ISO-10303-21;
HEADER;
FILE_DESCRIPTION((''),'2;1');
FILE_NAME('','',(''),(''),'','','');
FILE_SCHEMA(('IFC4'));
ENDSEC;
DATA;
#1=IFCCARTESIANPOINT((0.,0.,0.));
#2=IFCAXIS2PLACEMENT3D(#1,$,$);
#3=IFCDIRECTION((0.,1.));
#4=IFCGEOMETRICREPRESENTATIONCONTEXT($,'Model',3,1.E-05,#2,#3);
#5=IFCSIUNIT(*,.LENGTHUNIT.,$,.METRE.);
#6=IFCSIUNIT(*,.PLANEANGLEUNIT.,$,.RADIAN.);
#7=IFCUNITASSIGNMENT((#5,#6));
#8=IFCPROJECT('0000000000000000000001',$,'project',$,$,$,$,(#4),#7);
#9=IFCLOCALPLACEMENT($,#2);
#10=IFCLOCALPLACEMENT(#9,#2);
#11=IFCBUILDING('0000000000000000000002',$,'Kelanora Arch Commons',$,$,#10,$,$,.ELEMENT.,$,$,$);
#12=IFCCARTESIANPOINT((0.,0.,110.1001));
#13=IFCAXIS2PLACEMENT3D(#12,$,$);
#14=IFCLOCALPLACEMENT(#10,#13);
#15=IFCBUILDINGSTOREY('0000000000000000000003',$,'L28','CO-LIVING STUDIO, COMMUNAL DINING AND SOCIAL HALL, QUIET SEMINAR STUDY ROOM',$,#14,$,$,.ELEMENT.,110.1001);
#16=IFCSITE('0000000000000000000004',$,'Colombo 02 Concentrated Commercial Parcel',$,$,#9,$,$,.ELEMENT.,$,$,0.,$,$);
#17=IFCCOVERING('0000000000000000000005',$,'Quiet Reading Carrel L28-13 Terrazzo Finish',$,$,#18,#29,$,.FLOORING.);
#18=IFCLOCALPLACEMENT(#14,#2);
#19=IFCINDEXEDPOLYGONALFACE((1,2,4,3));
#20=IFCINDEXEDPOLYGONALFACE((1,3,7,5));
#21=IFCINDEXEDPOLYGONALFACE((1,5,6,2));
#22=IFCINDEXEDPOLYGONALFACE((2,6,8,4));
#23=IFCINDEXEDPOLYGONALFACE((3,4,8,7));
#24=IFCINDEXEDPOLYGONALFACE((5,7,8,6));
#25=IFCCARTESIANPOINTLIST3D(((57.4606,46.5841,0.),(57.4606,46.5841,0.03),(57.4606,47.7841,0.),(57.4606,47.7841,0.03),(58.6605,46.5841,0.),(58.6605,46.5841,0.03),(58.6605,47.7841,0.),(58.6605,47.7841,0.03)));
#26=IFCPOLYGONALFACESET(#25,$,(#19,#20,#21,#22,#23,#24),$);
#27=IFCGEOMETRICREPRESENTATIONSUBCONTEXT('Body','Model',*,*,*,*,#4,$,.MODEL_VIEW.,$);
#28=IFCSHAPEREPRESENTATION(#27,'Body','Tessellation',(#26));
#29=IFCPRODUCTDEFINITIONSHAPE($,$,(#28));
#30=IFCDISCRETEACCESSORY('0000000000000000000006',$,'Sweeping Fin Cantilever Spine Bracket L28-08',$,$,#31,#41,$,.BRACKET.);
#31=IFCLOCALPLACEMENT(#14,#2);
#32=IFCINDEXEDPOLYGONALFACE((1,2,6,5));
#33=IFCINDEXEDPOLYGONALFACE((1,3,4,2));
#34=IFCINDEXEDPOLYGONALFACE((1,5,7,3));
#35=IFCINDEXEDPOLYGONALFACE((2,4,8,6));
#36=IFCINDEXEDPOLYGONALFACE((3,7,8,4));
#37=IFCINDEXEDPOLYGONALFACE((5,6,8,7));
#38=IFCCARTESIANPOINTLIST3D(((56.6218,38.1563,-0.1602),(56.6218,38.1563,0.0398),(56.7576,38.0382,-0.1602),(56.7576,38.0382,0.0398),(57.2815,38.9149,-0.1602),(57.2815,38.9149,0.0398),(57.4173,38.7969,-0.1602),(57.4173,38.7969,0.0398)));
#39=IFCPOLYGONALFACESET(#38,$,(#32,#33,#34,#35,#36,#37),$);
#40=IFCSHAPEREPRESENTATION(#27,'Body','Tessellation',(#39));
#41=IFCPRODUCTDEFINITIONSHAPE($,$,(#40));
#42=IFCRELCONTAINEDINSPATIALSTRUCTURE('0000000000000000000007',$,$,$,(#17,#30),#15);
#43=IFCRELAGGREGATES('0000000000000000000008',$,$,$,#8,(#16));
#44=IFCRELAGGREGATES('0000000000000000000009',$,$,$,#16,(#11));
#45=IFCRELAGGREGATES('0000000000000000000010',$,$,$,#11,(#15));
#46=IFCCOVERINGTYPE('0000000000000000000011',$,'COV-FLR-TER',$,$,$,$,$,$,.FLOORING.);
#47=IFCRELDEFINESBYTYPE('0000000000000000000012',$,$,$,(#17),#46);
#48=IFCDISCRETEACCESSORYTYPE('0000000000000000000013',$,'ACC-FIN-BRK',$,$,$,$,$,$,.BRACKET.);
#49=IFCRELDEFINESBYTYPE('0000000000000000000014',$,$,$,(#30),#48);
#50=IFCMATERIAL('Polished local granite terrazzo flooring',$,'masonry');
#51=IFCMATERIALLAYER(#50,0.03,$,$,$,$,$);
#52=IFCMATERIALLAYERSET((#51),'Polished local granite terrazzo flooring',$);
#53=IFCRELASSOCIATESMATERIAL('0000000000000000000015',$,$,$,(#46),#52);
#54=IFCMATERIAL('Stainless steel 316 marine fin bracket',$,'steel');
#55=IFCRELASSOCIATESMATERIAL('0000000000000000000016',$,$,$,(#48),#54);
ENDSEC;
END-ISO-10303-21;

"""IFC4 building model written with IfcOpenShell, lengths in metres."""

from ifc_helpers import new_model, si_unit, direction, frame, origin, origin_2d, place, context, subcontext, project, spatial, rectangle, extrude, source, transform, mapped, material, layer, layer_set, type_object, element, save


model = new_model("IFC4")

# Units and contexts
model_context = context("Model", 3, precision=1e-05, world=origin(), true_north=direction((0.0, 1.0)))
body_context = subcontext(model_context, "Body", "Model", "MODEL_VIEW")
ifc_project = project(units=[si_unit("LENGTHUNIT", "METRE"), si_unit("PLANEANGLEUNIT", "RADIAN")], contexts=[model_context])

# Site, building, storey
site_placement = place(None, origin())
site = spatial("IfcSite", under=ifc_project, at=site_placement, Name="Colombo 02 Concentrated Commercial Parcel", CompositionType="ELEMENT", RefElevation=0.0)
building_placement = place(site_placement, origin())
building = spatial("IfcBuilding", under=site, at=building_placement, Name="Kelanora Arch Commons", CompositionType="ELEMENT")
storey_placement = place(building_placement, frame((0.0, 0.0, 110.1001)))
storey = spatial("IfcBuildingStorey", under=building, at=storey_placement, Name="L28", Description="CO-LIVING STUDIO, COMMUNAL DINING AND SOCIAL HALL, QUIET SEMINAR STUDY ROOM", CompositionType="ELEMENT", Elevation=110.1001)

# Covering
ifc_material_1 = material(Name="Polished local granite terrazzo flooring", Category="masonry")
ifc_layer_1 = layer(ifc_material_1, 0.03)
ifc_layer_set_1 = layer_set([ifc_layer_1], Name="Polished local granite terrazzo flooring")
covering_type = type_object("IfcCoveringType", Name="COV-FLR-TER", PredefinedType="FLOORING", material=ifc_layer_set_1)
shared_shape_1 = source(origin(), body_context, "Body", "SweptSolid", [
    extrude(rectangle(XDim=1.2, YDim=1.2, at=origin_2d()), origin(), (0.0, 0.0, 1.0), 0.03),
])
for number, where, z_axis, x_axis, name in (
    (1, (58.0605, 47.1841, 0.0), (0.0, 0.0, 1.0), (1.0, 0.0, 0.0), "Quiet Reading Carrel L28-13 Terrazzo Finish"),
):
    element("IfcCovering", number, at=place(storey_placement, frame(where, z_axis=z_axis, x_axis=x_axis)), inside=storey, type_object=covering_type, Name=name, PredefinedType="FLOORING", context=body_context, shape_type="MappedRepresentation", body=[
        mapped(shared_shape_1, transform((0.0, 0.0, 0.0), scale=1.0)),
    ])

# Discrete accessory
ifc_material_2 = material(Name="Stainless steel 316 marine fin bracket", Category="steel")
discrete_accessory_type = type_object("IfcDiscreteAccessoryType", Name="ACC-FIN-BRK", PredefinedType="BRACKET", material=ifc_material_2)
shared_shape_2 = source(origin(), body_context, "Body", "SweptSolid", [
    extrude(rectangle(XDim=1.0054, YDim=0.1799, at=origin_2d()), origin(), (0.0, 0.0, 1.0), 0.2),
])
discrete_accessory_placement = place(storey_placement, frame((57.0195, 38.4766, -0.1602), z_axis=(0.0, 0.0, 1.0), x_axis=(-0.656191, -0.754595, 0.0)))
element("IfcDiscreteAccessory", 2, at=discrete_accessory_placement, inside=storey, type_object=discrete_accessory_type, Name="Sweeping Fin Cantilever Spine Bracket L28-08", PredefinedType="BRACKET", context=body_context, shape_type="MappedRepresentation", body=[
    mapped(shared_shape_2, transform((0.0, 0.0, 0.0), scale=1.0)),
])

save(model, "model.ifc")
